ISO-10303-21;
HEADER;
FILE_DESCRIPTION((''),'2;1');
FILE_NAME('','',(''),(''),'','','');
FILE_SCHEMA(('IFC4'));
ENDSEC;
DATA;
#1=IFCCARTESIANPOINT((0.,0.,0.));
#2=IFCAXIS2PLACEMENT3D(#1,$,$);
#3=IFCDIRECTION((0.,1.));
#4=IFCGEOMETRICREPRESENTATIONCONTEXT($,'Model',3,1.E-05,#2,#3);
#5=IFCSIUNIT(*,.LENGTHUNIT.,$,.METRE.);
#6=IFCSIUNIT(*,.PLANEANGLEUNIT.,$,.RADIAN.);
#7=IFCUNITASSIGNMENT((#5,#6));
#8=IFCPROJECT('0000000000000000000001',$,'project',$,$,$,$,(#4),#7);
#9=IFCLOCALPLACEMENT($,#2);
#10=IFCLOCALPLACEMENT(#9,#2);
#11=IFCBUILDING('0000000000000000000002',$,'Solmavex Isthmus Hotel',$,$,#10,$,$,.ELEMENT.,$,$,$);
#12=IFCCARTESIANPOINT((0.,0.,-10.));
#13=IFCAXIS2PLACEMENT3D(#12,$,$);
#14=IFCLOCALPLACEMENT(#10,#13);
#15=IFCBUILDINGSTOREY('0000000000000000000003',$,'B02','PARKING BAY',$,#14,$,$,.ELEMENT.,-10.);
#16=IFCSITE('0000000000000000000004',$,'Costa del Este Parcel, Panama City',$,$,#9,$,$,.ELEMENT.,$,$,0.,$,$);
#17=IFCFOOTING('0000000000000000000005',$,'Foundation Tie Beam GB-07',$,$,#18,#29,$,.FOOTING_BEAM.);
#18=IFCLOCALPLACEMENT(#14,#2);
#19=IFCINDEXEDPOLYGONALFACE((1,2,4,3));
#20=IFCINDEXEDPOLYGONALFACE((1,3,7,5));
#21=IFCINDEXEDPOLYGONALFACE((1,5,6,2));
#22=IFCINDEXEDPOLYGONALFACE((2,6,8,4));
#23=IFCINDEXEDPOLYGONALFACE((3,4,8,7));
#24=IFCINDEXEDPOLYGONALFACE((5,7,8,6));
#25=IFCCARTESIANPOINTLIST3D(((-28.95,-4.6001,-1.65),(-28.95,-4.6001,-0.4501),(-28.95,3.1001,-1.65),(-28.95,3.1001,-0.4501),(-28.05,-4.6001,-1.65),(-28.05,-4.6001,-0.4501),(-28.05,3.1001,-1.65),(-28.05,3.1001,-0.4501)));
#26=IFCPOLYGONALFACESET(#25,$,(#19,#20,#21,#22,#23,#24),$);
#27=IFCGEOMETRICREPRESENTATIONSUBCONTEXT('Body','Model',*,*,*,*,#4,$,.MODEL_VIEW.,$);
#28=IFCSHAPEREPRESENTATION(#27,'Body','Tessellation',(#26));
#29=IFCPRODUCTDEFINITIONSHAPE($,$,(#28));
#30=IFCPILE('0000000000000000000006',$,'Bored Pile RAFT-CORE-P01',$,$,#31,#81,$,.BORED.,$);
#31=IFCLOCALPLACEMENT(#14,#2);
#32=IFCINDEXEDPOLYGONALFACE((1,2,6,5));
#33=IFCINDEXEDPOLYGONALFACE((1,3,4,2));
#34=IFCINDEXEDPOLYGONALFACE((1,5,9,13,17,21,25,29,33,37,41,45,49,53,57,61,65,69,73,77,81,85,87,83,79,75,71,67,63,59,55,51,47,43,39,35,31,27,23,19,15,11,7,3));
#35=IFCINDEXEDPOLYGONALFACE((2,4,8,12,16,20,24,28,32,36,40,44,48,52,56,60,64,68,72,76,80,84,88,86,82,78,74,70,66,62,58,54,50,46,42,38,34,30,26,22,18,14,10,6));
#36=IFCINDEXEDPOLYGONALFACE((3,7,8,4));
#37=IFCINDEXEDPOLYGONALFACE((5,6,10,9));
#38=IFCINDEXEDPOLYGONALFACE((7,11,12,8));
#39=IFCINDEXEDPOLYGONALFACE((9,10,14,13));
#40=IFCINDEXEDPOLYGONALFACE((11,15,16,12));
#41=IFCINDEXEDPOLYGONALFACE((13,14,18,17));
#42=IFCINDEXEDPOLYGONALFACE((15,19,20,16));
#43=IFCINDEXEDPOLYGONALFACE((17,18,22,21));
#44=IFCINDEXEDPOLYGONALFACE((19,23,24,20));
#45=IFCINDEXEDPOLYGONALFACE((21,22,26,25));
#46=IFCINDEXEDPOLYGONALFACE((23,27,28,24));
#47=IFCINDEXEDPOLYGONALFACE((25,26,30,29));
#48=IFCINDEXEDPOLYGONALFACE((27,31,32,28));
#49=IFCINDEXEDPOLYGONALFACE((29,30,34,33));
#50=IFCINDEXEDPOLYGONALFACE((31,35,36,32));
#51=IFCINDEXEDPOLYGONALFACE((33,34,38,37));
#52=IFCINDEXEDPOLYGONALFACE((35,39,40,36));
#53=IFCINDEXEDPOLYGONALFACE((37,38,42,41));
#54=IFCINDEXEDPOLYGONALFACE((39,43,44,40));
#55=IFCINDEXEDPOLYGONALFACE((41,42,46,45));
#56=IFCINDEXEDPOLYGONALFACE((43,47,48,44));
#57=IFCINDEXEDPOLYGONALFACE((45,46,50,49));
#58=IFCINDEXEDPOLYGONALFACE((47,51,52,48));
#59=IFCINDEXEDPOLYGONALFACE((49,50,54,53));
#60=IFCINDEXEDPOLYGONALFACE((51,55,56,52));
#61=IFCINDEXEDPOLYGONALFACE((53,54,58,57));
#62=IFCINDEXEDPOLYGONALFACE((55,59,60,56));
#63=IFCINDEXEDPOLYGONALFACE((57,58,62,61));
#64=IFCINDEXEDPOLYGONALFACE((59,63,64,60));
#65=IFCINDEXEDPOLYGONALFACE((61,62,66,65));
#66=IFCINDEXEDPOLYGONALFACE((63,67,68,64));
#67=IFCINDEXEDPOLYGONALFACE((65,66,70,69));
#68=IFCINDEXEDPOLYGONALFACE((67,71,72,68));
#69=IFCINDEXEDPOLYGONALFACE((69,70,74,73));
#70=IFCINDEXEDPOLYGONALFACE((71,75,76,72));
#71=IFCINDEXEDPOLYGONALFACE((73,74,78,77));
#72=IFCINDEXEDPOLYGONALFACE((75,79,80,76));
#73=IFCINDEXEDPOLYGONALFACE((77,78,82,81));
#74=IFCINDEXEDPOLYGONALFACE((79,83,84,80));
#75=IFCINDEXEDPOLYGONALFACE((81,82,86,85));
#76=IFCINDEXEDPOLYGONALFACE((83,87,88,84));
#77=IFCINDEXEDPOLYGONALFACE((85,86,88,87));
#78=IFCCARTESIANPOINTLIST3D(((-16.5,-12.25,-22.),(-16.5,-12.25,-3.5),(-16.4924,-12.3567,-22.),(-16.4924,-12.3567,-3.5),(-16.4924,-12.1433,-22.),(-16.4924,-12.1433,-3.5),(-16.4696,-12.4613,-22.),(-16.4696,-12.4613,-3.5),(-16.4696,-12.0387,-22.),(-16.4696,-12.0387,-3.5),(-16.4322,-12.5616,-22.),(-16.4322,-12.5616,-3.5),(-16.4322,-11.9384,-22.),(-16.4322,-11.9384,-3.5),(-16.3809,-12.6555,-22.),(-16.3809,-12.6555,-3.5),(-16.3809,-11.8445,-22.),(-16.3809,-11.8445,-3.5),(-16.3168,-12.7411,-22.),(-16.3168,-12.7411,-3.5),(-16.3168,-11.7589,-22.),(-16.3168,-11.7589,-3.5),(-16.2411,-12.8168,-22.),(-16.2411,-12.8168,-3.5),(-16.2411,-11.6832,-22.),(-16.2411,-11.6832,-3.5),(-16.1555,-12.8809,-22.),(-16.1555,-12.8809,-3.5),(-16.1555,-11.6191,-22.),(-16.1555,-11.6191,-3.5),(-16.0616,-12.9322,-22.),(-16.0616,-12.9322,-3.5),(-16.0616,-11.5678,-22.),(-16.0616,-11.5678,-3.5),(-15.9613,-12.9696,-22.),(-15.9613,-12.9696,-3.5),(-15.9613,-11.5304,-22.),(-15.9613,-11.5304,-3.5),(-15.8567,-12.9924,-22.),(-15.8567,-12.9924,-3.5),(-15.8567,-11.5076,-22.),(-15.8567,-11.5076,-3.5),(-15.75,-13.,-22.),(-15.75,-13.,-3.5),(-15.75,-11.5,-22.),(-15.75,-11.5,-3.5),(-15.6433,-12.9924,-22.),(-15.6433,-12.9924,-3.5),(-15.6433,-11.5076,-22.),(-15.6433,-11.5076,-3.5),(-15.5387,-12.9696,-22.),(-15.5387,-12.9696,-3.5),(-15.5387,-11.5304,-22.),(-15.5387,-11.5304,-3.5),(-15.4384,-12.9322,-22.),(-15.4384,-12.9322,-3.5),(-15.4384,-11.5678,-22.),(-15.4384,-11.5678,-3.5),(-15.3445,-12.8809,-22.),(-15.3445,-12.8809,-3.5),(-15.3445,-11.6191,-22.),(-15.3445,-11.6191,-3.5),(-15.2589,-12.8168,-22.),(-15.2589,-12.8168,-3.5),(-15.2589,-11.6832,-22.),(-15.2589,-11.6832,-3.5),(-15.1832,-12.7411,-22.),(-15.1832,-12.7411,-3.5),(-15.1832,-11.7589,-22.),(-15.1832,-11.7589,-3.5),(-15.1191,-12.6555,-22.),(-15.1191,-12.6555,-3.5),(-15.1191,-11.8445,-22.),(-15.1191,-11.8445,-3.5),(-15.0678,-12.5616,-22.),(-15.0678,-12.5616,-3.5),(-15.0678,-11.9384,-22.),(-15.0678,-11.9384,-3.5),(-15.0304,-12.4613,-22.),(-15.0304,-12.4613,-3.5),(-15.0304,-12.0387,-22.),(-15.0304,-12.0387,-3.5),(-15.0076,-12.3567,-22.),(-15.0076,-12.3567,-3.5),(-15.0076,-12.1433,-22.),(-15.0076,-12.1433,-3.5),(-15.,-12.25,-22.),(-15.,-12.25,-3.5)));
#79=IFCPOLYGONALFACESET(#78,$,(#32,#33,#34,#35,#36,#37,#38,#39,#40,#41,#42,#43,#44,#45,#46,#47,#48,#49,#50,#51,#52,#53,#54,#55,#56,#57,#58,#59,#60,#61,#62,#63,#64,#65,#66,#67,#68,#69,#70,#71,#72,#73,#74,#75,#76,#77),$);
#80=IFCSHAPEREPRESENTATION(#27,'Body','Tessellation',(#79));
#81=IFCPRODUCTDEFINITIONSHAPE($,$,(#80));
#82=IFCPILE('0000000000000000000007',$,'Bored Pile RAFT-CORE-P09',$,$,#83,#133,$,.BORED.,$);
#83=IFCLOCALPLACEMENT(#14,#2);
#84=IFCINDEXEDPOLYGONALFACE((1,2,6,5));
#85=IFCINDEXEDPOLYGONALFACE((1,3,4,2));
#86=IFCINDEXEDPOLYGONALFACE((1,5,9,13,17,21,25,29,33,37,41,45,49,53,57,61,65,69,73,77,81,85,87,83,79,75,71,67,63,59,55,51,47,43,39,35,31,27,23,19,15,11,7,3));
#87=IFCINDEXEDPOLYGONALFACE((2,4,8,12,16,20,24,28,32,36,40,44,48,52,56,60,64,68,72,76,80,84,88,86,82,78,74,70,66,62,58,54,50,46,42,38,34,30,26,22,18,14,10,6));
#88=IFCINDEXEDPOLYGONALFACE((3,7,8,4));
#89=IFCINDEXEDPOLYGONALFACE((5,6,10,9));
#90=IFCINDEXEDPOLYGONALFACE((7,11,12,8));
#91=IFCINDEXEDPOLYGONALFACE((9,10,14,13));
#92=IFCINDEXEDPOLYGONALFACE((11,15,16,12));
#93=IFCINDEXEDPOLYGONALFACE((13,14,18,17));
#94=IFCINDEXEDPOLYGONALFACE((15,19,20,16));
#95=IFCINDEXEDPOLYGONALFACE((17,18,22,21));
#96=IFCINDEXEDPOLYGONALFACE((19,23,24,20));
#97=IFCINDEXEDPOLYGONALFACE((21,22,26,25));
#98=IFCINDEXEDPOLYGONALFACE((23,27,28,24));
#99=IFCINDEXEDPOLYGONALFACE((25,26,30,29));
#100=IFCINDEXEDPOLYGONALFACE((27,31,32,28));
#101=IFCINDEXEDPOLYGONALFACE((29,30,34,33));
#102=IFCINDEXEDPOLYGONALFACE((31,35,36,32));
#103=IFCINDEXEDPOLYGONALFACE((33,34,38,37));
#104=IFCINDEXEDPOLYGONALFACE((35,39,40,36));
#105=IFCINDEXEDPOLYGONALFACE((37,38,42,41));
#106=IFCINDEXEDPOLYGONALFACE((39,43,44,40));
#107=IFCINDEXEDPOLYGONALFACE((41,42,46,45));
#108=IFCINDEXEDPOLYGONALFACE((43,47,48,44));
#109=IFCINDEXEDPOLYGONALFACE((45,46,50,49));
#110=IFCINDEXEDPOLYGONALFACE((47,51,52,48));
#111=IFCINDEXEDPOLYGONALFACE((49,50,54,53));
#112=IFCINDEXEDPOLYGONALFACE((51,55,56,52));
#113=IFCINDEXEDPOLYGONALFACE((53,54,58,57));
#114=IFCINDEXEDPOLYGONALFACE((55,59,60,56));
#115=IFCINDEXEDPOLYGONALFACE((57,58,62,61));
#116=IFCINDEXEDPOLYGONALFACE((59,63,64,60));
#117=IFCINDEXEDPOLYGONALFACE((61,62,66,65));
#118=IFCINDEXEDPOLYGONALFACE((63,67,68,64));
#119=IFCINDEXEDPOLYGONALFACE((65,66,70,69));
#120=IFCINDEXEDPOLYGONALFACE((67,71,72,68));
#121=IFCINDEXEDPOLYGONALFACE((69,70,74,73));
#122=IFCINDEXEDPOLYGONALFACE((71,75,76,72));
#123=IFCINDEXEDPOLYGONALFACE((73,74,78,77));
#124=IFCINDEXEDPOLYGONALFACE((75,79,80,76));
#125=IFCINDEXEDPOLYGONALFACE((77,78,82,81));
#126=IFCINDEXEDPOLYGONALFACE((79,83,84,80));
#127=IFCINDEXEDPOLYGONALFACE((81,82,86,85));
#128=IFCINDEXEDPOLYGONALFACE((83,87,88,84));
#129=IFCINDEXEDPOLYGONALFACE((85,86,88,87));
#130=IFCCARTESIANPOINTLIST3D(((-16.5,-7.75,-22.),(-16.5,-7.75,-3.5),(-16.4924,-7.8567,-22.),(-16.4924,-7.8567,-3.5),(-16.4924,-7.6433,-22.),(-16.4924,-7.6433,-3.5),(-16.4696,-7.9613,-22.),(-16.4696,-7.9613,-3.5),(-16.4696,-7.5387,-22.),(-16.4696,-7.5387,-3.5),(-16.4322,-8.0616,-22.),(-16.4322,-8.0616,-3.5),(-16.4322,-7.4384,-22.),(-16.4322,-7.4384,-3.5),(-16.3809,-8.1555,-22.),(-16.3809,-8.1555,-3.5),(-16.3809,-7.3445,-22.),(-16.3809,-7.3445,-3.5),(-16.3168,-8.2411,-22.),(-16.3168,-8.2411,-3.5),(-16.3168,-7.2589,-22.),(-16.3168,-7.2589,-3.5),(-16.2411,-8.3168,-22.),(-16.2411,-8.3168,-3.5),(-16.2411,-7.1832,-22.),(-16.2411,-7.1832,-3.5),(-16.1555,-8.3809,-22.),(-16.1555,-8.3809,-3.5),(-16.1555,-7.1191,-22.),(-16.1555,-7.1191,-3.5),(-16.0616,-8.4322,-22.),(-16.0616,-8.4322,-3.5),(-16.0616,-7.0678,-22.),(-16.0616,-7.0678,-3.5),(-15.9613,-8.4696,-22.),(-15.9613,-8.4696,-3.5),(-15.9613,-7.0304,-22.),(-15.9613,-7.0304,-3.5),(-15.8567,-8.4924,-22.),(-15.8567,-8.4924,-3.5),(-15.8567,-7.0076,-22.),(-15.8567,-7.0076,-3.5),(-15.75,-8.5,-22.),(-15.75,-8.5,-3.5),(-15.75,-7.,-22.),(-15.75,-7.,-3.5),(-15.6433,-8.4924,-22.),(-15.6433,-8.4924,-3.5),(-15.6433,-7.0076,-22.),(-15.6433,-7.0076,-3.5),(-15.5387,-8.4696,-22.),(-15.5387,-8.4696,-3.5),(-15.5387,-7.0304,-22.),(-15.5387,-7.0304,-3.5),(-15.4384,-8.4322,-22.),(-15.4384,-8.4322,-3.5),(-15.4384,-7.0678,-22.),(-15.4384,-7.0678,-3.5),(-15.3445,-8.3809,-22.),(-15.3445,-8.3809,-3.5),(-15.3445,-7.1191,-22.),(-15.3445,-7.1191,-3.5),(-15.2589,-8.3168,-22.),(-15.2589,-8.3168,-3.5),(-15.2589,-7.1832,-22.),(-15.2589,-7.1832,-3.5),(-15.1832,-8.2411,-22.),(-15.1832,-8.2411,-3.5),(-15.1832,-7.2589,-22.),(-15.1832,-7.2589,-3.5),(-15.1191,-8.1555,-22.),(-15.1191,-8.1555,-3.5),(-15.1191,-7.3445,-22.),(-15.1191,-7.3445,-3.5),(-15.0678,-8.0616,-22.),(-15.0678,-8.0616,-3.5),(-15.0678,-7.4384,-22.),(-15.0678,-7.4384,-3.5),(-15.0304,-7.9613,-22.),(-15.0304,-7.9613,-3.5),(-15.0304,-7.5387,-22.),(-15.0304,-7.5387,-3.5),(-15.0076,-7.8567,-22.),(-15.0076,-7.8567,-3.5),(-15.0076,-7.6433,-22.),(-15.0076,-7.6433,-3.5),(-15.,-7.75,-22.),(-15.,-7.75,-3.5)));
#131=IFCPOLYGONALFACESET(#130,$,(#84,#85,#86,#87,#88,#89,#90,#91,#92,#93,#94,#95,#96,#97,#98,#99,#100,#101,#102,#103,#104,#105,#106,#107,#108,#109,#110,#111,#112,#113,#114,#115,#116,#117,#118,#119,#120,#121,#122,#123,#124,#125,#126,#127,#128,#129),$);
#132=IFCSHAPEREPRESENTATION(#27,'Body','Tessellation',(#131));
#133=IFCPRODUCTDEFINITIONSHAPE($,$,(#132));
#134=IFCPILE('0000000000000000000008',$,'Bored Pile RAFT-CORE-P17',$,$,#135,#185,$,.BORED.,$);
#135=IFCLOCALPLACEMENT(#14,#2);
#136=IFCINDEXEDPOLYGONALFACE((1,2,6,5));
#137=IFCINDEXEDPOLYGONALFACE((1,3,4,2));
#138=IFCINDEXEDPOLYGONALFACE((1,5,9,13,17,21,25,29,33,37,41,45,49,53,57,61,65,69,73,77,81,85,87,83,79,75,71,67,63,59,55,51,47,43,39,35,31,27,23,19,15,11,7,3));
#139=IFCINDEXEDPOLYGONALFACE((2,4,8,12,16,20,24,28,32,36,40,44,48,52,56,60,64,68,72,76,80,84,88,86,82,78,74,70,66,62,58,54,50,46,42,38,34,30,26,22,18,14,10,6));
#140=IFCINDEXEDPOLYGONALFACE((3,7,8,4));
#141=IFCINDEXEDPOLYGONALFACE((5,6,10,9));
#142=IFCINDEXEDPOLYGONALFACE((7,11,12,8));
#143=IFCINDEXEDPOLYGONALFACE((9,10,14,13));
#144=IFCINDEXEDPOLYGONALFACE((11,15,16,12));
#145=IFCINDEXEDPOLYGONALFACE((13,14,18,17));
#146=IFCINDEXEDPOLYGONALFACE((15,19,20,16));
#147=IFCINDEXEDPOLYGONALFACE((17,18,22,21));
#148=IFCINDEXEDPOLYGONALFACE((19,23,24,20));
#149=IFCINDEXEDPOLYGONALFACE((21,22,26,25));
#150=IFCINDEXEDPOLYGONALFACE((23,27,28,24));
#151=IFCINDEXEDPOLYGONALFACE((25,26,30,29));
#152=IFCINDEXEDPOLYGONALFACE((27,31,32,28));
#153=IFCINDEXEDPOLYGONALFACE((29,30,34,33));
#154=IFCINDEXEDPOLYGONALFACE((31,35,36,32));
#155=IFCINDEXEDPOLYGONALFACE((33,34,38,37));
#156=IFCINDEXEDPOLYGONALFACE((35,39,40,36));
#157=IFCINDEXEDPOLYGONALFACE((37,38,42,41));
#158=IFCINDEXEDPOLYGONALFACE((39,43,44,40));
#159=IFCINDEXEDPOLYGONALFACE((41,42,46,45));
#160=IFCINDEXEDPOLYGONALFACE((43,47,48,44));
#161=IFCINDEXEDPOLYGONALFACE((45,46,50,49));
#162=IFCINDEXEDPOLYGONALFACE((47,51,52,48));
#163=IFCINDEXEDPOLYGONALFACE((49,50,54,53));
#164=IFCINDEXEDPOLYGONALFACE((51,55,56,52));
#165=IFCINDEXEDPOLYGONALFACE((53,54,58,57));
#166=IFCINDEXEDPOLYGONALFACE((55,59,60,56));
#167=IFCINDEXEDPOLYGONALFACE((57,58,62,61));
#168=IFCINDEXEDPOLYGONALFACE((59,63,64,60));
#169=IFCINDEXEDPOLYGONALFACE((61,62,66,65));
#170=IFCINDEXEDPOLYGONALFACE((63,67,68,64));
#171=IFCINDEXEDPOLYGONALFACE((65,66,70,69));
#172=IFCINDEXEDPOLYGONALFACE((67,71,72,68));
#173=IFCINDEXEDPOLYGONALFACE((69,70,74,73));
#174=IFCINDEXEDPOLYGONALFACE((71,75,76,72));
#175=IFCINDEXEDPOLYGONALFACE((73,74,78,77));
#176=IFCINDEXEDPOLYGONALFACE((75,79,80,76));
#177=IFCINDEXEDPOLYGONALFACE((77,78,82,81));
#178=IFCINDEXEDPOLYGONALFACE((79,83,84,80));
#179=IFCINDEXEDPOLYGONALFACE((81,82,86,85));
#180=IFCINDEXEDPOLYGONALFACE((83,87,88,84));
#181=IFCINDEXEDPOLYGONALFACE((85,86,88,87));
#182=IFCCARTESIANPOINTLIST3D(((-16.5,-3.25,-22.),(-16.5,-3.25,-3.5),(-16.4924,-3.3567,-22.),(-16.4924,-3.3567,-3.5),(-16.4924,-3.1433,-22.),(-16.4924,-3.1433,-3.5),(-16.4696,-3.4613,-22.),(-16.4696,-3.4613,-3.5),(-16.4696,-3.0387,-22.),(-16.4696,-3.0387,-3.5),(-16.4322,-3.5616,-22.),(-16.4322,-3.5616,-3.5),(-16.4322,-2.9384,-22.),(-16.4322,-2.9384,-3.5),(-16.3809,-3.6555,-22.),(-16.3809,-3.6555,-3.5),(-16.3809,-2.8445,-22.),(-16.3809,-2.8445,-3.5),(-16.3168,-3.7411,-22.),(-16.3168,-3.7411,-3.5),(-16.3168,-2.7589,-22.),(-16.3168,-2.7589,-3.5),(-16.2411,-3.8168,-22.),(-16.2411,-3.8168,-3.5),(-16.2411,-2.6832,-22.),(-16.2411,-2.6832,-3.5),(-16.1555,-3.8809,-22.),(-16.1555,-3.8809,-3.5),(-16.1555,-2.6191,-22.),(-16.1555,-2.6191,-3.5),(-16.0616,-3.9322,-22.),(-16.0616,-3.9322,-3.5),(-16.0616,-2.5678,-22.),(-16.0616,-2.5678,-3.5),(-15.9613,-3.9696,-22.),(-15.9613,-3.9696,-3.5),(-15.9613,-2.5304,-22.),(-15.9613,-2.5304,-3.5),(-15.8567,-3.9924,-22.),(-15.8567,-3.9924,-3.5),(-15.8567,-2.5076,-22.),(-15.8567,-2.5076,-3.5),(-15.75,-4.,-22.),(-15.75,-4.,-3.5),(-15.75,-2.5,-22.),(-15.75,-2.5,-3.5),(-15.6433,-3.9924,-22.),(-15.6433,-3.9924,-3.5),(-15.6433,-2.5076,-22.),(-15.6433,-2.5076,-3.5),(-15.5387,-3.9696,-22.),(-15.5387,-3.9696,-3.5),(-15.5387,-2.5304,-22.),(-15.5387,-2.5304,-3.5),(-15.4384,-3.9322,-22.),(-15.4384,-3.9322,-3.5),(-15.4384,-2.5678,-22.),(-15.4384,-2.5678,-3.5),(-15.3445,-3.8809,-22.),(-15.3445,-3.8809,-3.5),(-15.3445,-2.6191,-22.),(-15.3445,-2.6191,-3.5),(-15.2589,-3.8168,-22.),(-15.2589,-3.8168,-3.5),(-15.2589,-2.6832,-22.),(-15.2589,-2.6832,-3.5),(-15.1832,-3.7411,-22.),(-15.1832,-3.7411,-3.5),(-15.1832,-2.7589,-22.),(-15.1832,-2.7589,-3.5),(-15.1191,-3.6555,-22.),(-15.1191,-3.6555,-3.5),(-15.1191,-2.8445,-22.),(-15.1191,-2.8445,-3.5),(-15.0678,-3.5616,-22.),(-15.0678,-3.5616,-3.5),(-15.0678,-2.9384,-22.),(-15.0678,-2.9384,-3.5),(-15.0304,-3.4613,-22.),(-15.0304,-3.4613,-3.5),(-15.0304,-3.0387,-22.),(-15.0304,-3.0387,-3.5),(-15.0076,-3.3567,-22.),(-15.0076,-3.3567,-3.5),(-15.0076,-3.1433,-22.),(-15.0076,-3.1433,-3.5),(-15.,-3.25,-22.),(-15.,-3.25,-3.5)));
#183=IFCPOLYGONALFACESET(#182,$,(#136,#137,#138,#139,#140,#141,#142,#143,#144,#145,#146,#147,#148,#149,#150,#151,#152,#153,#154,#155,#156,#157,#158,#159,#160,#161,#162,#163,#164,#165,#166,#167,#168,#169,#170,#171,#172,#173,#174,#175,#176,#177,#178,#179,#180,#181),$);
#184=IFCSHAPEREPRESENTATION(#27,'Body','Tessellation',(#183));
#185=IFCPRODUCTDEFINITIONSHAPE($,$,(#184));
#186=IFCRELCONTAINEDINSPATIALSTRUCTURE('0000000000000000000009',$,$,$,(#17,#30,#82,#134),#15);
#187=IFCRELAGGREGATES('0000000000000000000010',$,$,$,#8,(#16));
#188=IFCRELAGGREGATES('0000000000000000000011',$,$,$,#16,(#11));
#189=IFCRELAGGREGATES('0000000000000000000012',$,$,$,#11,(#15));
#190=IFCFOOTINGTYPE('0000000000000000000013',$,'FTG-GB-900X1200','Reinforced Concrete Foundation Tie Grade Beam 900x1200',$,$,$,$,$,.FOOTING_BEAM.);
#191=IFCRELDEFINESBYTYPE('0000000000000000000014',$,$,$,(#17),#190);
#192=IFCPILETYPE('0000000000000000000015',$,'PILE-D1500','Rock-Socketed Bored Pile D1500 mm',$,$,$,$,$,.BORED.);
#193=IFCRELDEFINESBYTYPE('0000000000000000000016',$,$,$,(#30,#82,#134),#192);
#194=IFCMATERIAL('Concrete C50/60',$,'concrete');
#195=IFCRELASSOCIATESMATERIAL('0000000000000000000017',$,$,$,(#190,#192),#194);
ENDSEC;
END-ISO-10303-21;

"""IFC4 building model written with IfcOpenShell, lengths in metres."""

from ifc_helpers import new_model, si_unit, direction, frame, origin, origin_2d, place, context, subcontext, project, spatial, rectangle, circle, extrude, material, material_profile, profile_set, type_object, element, save


model = new_model("IFC4")

# Units and contexts
model_context = context("Model", 3, precision=1e-05, world=origin(), true_north=direction((0.0, 1.0)))
body_context = subcontext(model_context, "Body", "Model", "MODEL_VIEW")
ifc_project = project(units=[si_unit("LENGTHUNIT", "METRE"), si_unit("PLANEANGLEUNIT", "RADIAN")], contexts=[model_context])

# Site, building, storey
site_placement = place(None, origin())
site = spatial("IfcSite", under=ifc_project, at=site_placement, Name="Costa del Este Parcel, Panama City", CompositionType="ELEMENT", RefElevation=0.0)
building_placement = place(site_placement, origin())
building = spatial("IfcBuilding", under=site, at=building_placement, Name="Solmavex Isthmus Hotel", CompositionType="ELEMENT")
storey_placement = place(building_placement, frame((0.0, 0.0, -10.0)))
storey = spatial("IfcBuildingStorey", under=building, at=storey_placement, Name="B02", Description="PARKING BAY", CompositionType="ELEMENT", Elevation=-10.0)

# Footing
ifc_material_1 = material(Name="Concrete C50/60", Category="concrete")
footing_type = type_object("IfcFootingType", Name="FTG-GB-900X1200", Description="Reinforced Concrete Foundation Tie Grade Beam 900x1200", PredefinedType="FOOTING_BEAM", material=ifc_material_1)
footing_placement = place(storey_placement, frame((-28.5, -4.6001, -1.05), z_axis=(0.0, 1.0, 0.0), x_axis=(-1.0, 0.0, 0.0)))
element("IfcFooting", 1, at=footing_placement, inside=storey, type_object=footing_type, Name="Foundation Tie Beam GB-07", PredefinedType="FOOTING_BEAM", context=body_context, shape_type="SweptSolid", body=[
    extrude(rectangle(XDim=0.8999, YDim=1.2, at=origin_2d()), origin(), (0.0, 0.0, 1.0), 7.7002),
])

# Piles
ifc_material_profile_1 = material_profile(ifc_material_1, circle(Radius=0.75, at=origin_2d()), Name="PILE1500")
ifc_profile_set_1 = profile_set([ifc_material_profile_1], Name="Concrete C50/60")
pile_type = type_object("IfcPileType", Name="PILE-D1500", Description="Rock-Socketed Bored Pile D1500 mm", PredefinedType="BORED", material=ifc_profile_set_1)
for number, where, z_axis, x_axis, name in (
    (2, (-15.75, -12.25, -3.5), (0.0, 0.0, -1.0), (1.0, 0.0, 0.0), "Bored Pile RAFT-CORE-P01"),
    (3, (-15.75, -7.75, -3.5), (0.0, 0.0, -1.0), (1.0, 0.0, 0.0), "Bored Pile RAFT-CORE-P09"),
    (4, (-15.75, -3.25, -3.5), (0.0, 0.0, -1.0), (1.0, 0.0, 0.0), "Bored Pile RAFT-CORE-P17"),
):
    element("IfcPile", number, at=place(storey_placement, frame(where, z_axis=z_axis, x_axis=x_axis)), inside=storey, type_object=pile_type, Name=name, PredefinedType="BORED", context=body_context, shape_type="SweptSolid", body=[
        extrude(circle(Radius=0.75, at=origin_2d()), origin(), (0.0, 0.0, 1.0), 18.5),
    ])

save(model, "model.ifc")
